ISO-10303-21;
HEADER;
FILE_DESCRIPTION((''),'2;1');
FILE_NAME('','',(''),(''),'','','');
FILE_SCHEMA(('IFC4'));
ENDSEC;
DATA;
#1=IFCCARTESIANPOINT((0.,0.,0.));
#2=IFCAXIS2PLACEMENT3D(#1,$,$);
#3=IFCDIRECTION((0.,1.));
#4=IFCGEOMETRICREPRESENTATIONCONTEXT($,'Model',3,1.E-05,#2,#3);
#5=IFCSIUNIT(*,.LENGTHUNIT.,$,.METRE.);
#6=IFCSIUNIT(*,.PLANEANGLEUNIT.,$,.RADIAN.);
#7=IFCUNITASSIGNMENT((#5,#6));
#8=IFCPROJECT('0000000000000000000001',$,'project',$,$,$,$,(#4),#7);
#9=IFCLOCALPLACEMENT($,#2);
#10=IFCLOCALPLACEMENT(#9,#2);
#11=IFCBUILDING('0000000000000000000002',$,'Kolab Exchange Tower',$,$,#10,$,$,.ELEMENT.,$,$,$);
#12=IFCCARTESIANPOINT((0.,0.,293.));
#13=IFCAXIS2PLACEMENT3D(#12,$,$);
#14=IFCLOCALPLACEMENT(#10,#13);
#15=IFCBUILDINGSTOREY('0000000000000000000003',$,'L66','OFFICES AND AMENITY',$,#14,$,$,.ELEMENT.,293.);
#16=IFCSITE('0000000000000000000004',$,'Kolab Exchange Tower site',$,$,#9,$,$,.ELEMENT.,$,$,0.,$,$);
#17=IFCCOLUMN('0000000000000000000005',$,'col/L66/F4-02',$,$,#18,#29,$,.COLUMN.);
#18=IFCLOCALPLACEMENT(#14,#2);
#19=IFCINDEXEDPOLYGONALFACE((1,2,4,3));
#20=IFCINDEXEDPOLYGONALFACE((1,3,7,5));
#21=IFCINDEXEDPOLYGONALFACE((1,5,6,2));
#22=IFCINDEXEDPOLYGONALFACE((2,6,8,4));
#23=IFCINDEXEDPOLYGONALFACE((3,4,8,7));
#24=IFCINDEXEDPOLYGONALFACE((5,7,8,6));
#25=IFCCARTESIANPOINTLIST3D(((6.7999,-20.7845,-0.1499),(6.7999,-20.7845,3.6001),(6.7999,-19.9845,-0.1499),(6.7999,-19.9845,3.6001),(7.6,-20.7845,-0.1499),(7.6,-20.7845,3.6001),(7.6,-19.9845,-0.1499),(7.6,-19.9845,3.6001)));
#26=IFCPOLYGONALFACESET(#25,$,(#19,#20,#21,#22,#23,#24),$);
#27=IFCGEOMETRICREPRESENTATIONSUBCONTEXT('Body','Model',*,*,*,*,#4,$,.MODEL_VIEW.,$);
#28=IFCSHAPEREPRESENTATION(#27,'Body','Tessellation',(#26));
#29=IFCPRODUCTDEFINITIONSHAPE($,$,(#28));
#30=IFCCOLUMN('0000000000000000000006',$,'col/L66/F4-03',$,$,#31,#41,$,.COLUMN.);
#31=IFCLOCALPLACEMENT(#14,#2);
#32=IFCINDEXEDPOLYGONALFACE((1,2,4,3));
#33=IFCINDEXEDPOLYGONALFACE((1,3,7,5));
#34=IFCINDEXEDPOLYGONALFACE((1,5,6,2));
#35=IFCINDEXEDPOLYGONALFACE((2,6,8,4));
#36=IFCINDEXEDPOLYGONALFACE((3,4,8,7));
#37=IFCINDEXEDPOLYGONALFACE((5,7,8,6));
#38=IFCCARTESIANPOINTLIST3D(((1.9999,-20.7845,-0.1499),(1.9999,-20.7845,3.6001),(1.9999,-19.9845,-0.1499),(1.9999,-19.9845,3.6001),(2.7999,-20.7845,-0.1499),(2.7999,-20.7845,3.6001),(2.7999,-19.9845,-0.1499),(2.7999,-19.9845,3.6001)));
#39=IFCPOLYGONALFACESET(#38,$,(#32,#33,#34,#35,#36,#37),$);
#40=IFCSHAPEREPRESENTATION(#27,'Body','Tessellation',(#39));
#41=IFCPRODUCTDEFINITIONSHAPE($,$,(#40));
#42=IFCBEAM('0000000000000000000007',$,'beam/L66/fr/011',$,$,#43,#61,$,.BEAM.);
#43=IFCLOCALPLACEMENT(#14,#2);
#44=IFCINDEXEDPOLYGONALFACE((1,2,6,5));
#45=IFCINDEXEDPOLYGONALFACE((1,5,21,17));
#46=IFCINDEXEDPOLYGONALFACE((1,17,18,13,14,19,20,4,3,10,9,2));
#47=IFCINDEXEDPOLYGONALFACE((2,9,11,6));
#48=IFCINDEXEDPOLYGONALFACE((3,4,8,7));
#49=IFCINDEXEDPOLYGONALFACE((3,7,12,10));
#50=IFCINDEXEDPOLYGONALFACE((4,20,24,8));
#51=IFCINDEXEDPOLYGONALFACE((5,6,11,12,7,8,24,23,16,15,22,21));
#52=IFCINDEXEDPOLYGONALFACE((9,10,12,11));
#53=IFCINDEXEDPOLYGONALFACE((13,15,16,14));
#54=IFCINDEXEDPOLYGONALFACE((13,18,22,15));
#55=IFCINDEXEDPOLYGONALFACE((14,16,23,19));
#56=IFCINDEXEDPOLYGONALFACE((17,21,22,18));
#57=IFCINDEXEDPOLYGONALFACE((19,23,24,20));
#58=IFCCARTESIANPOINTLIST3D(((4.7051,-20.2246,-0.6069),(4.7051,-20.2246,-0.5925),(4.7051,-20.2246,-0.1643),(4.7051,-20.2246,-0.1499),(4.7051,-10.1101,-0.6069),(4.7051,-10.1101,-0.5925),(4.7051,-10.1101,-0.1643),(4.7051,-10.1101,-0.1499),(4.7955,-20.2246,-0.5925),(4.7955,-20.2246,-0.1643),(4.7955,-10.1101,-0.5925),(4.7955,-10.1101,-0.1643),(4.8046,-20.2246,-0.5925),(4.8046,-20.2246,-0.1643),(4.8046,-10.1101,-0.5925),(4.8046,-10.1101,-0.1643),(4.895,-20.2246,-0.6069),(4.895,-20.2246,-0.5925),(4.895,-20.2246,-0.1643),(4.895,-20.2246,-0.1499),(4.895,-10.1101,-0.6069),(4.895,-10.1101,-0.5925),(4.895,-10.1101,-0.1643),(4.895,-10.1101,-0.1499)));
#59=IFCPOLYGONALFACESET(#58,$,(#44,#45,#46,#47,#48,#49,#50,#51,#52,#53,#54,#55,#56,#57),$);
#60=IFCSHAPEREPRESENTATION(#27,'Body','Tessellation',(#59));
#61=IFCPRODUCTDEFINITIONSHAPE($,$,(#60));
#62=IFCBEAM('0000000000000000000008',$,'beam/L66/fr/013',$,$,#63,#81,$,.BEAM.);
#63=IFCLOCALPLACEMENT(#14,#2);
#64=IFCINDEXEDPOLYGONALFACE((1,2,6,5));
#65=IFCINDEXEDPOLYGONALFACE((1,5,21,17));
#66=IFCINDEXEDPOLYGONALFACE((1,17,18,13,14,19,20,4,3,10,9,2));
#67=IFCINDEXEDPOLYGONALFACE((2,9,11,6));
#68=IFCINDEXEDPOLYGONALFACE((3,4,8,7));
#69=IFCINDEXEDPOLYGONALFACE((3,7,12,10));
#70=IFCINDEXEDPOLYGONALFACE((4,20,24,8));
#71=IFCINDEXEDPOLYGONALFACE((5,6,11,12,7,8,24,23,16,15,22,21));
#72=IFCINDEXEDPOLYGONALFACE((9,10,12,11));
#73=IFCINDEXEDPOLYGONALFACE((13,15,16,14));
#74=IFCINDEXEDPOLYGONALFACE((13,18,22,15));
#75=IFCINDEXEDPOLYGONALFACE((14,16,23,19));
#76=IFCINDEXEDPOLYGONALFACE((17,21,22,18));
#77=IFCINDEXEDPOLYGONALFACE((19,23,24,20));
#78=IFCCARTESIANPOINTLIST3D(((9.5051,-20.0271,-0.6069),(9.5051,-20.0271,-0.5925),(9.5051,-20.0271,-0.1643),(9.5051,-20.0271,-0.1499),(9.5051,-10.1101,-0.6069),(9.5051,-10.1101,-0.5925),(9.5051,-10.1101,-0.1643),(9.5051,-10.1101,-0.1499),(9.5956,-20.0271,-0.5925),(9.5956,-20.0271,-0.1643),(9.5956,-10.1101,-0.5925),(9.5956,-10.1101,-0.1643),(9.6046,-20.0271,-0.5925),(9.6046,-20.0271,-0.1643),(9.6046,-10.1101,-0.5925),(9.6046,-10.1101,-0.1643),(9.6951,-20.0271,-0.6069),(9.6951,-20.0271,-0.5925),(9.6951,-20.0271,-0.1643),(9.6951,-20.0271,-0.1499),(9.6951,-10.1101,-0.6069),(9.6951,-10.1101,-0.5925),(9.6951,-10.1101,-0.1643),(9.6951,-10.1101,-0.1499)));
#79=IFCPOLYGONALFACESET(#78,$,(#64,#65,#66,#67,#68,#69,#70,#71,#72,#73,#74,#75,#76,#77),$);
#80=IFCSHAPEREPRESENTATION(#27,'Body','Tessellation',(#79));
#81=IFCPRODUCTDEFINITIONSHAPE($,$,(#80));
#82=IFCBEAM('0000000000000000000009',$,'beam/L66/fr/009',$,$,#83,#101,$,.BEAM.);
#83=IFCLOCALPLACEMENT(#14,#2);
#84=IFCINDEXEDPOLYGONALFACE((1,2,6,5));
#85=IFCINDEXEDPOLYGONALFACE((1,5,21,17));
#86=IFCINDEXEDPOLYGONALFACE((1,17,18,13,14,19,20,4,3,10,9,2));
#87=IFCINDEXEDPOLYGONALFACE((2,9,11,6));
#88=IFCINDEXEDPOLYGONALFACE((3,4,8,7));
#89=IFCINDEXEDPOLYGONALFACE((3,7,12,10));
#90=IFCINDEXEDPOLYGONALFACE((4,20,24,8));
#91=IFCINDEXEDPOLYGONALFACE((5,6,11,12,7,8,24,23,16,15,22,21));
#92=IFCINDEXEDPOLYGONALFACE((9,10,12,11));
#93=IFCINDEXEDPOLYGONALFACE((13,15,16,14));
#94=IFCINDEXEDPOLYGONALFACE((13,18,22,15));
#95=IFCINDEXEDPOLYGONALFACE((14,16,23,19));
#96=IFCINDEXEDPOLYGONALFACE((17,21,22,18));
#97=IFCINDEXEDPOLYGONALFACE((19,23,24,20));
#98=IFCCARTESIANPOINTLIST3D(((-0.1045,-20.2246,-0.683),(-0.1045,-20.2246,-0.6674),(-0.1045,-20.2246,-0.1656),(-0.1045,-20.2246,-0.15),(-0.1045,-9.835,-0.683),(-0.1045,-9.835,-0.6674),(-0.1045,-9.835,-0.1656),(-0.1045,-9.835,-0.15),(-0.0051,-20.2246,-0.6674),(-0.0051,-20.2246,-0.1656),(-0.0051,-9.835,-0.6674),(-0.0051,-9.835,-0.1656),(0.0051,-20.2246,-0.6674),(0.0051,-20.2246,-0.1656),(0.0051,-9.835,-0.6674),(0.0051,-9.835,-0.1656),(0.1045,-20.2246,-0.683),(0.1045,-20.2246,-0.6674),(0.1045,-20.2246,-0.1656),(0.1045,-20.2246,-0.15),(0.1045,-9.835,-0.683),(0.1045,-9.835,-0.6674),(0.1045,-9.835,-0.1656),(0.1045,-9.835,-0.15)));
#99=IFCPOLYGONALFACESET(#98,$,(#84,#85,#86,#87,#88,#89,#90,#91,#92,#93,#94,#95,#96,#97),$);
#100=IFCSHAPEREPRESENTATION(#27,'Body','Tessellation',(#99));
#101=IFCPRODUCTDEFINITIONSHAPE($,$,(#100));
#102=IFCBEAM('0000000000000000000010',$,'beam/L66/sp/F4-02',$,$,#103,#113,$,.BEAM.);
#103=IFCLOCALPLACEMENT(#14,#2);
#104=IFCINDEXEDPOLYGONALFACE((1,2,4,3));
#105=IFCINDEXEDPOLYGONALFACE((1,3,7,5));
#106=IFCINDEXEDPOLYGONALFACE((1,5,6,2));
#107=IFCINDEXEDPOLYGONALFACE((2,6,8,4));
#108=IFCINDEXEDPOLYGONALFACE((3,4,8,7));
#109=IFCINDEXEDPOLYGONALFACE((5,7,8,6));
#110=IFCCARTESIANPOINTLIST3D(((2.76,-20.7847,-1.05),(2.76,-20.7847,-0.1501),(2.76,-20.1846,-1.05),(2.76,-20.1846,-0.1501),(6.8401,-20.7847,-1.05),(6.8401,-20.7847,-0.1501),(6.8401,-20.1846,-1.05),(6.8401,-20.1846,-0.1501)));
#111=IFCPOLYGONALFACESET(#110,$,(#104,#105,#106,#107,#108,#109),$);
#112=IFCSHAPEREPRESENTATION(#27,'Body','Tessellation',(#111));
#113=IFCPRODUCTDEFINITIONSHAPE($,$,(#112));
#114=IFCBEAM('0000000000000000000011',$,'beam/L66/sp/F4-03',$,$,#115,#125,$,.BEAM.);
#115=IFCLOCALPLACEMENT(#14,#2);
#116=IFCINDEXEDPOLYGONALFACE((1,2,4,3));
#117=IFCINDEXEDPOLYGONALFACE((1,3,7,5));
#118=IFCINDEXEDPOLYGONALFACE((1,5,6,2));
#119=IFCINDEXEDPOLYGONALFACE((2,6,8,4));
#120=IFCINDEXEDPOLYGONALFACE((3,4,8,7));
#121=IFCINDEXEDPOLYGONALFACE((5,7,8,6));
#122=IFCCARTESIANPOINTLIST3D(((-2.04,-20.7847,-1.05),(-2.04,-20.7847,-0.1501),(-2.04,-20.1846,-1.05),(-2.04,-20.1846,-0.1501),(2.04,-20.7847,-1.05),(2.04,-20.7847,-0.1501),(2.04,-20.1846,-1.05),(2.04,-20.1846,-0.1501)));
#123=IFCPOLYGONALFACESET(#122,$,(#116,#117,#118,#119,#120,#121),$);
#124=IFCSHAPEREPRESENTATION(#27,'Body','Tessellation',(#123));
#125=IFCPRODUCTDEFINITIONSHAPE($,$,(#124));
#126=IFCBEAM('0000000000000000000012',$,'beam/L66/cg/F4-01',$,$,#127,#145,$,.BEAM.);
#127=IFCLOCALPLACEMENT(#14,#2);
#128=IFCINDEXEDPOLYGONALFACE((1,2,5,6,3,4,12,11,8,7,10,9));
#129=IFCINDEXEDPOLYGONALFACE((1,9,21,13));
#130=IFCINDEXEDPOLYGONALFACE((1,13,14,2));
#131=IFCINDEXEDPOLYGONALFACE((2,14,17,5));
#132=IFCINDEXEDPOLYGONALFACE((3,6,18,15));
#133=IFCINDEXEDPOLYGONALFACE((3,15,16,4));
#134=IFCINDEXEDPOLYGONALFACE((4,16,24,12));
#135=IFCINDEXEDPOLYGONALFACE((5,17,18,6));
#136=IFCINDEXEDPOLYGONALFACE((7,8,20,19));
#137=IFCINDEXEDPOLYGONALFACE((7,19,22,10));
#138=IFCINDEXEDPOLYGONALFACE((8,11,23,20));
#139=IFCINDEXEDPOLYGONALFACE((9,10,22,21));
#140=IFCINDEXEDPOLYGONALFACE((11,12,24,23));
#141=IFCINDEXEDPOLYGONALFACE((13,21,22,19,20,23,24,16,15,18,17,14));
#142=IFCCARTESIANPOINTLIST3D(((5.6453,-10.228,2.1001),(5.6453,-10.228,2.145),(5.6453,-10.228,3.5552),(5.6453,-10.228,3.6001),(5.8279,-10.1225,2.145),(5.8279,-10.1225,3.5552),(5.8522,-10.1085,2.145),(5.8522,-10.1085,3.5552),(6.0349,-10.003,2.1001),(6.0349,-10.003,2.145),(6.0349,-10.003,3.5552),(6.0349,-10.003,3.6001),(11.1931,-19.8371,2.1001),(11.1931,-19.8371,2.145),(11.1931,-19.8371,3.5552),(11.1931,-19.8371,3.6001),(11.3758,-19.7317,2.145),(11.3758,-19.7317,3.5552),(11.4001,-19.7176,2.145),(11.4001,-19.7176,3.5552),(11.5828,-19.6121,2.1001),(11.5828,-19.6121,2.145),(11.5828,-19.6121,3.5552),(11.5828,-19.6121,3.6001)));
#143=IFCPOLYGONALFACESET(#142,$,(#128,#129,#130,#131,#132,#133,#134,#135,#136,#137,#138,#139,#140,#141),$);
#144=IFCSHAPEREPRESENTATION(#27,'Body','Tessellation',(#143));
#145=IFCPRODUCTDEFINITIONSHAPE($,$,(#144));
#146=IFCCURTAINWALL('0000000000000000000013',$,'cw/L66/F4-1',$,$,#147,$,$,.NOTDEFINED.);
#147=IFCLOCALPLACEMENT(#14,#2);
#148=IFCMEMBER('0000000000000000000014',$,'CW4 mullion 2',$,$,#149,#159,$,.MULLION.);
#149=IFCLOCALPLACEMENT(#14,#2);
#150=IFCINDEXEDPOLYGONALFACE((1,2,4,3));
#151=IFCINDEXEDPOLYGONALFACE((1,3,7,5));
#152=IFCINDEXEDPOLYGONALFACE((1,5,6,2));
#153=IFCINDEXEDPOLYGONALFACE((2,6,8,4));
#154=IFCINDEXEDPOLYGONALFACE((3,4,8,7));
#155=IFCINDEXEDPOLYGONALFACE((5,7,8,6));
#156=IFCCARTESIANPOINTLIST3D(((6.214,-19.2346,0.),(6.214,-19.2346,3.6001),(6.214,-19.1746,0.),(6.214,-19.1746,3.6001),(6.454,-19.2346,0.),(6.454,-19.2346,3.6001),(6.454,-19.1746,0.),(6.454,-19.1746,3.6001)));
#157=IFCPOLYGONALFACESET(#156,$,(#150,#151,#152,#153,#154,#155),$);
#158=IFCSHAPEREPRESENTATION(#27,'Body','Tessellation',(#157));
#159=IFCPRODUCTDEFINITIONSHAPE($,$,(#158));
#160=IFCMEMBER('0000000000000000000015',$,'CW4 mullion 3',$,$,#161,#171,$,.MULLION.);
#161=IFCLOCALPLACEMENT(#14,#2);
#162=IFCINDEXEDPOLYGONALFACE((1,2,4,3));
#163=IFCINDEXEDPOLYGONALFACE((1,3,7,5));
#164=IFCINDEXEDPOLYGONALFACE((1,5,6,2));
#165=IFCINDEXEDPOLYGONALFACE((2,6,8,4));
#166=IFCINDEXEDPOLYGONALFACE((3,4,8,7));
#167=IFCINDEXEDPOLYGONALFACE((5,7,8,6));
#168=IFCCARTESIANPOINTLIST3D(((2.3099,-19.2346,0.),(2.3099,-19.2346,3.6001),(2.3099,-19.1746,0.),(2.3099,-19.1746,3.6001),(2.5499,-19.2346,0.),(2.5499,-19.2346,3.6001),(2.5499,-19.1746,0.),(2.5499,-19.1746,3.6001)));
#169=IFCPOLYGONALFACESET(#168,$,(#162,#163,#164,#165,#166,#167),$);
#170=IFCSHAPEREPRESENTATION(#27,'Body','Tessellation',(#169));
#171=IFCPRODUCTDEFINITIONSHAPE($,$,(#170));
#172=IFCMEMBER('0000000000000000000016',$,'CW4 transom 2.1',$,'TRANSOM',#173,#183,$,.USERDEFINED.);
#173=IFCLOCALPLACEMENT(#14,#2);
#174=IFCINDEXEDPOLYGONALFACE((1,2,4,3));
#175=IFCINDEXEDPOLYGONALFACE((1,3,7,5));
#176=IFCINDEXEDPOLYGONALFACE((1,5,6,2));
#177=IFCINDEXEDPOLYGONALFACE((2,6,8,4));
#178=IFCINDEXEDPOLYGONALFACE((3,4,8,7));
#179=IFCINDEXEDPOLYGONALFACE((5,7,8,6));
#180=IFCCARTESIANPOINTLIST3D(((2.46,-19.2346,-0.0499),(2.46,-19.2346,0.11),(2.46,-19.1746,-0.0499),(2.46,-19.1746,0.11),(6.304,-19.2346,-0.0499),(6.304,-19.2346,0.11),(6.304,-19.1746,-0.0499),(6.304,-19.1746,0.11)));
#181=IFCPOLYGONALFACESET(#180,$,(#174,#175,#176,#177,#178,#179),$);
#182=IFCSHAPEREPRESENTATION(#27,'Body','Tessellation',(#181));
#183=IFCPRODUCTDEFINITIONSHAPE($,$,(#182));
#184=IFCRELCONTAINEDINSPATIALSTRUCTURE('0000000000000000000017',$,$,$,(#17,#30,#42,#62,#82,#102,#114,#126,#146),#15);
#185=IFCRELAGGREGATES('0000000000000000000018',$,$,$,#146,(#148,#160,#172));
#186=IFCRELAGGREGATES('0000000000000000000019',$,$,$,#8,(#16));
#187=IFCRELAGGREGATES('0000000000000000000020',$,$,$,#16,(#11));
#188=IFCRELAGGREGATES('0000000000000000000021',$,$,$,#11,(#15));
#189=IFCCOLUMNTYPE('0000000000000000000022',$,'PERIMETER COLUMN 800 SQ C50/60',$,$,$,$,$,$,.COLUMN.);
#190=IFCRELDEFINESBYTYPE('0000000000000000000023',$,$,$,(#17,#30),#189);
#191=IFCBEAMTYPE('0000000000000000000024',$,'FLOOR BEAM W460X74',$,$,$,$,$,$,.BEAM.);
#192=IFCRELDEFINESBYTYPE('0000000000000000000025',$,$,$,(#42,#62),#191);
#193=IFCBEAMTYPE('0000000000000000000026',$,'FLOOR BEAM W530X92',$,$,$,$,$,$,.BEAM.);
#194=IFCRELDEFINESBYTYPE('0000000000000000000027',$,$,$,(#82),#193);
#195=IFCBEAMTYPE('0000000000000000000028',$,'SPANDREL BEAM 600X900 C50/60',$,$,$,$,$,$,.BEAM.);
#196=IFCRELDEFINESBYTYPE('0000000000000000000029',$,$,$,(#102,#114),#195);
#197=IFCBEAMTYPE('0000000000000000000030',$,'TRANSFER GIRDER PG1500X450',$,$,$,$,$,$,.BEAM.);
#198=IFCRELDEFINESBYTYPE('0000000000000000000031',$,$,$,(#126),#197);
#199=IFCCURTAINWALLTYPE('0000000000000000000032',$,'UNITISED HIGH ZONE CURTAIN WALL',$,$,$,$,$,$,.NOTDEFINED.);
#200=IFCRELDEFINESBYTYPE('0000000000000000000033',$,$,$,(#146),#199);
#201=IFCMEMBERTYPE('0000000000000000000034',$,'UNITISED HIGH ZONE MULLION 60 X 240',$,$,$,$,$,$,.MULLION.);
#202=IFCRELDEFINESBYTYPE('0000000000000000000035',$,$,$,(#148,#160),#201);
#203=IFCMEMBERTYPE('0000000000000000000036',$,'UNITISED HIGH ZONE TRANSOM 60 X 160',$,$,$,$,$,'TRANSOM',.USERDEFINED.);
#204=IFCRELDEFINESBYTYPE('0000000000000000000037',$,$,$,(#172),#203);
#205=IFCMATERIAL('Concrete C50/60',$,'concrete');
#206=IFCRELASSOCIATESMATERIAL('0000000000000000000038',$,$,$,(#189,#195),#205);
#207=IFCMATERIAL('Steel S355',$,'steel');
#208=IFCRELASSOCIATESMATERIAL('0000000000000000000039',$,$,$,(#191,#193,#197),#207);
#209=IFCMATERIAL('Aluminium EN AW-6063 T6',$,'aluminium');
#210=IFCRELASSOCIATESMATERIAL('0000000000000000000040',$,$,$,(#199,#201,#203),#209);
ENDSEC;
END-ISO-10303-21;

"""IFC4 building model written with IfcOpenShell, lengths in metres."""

from ifc_helpers import new_model, si_unit, direction, frame, origin, origin_2d, place, context, subcontext, project, spatial, rectangle, i_section, extrude, material, material_profile, profile_set, type_object, element, aggregate, save


model = new_model("IFC4")

# Units and contexts
model_context = context("Model", 3, precision=1e-05, world=origin(), true_north=direction((0.0, 1.0)))
body_context = subcontext(model_context, "Body", "Model", "MODEL_VIEW")
ifc_project = project(units=[si_unit("LENGTHUNIT", "METRE"), si_unit("PLANEANGLEUNIT", "RADIAN")], contexts=[model_context])

# Site, building, storey
site_placement = place(None, origin())
site = spatial("IfcSite", under=ifc_project, at=site_placement, Name="Kolab Exchange Tower site", CompositionType="ELEMENT", RefElevation=0.0)
building_placement = place(site_placement, origin())
building = spatial("IfcBuilding", under=site, at=building_placement, Name="Kolab Exchange Tower", CompositionType="ELEMENT")
storey_placement = place(building_placement, frame((0.0, 0.0, 293.0)))
storey = spatial("IfcBuildingStorey", under=building, at=storey_placement, Name="L66", Description="OFFICES AND AMENITY", CompositionType="ELEMENT", Elevation=293.0)

# Columns
ifc_material_1 = material(Name="Concrete C50/60", Category="concrete")
ifc_material_profile_1 = material_profile(ifc_material_1, rectangle(XDim=0.8, YDim=0.8, at=origin_2d()), Name="RC800")
ifc_profile_set_1 = profile_set([ifc_material_profile_1], Name="Concrete C50/60")
column_type = type_object("IfcColumnType", Name="PERIMETER COLUMN 800 SQ C50/60", PredefinedType="COLUMN", material=ifc_profile_set_1)
for number, where, z_axis, x_axis, name in (
    (1, (7.2, -20.3845, -0.1499), (0.0, 0.0, 1.0), (1.0, 0.0, 0.0), "col/L66/F4-02"),
    (2, (2.3999, -20.3845, -0.1499), (0.0, 0.0, 1.0), (1.0, 0.0, 0.0), "col/L66/F4-03"),
):
    element("IfcColumn", number, at=place(storey_placement, frame(where, z_axis=z_axis, x_axis=x_axis)), inside=storey, type_object=column_type, Name=name, PredefinedType="COLUMN", context=body_context, shape_type="SweptSolid", body=[
        extrude(rectangle(XDim=0.8, YDim=0.8, at=origin_2d()), origin(), (0.0, 0.0, 1.0), 3.75),
    ])

# Beams
ifc_material_2 = material(Name="Steel S355", Category="steel")
ifc_material_profile_2 = material_profile(ifc_material_2, i_section(OverallWidth=0.1899, OverallDepth=0.457, WebThickness=0.009, FlangeThickness=0.0144, at=origin_2d()), Name="W460X74")
ifc_profile_set_2 = profile_set([ifc_material_profile_2], Name="Steel S355")
beam_type_1 = type_object("IfcBeamType", Name="FLOOR BEAM W460X74", PredefinedType="BEAM", material=ifc_profile_set_2)
beam_1_placement = place(storey_placement, frame((4.8, -20.2246, -0.3784), z_axis=(0.0, 1.0, 0.0), x_axis=(-1.0, 0.0, 0.0)))
element("IfcBeam", 3, at=beam_1_placement, inside=storey, type_object=beam_type_1, Name="beam/L66/fr/011", PredefinedType="BEAM", context=body_context, shape_type="SweptSolid", body=[
    extrude(i_section(OverallWidth=0.1899, OverallDepth=0.457, WebThickness=0.009, FlangeThickness=0.0144, at=origin_2d()), origin(), (0.0, 0.0, 1.0), 10.1145),
])
beam_2_placement = place(storey_placement, frame((9.6001, -20.0271, -0.3784), z_axis=(0.0, 1.0, 0.0), x_axis=(-1.0, 0.0, 0.0)))
element("IfcBeam", 4, at=beam_2_placement, inside=storey, type_object=beam_type_1, Name="beam/L66/fr/013", PredefinedType="BEAM", context=body_context, shape_type="SweptSolid", body=[
    extrude(i_section(OverallWidth=0.1899, OverallDepth=0.457, WebThickness=0.009, FlangeThickness=0.0144, at=origin_2d()), origin(), (0.0, 0.0, 1.0), 9.917),
])
ifc_material_profile_3 = material_profile(ifc_material_2, i_section(OverallWidth=0.209, OverallDepth=0.533, WebThickness=0.0103, FlangeThickness=0.0156, at=origin_2d()), Name="W530X92")
ifc_profile_set_3 = profile_set([ifc_material_profile_3], Name="Steel S355")
beam_type_2 = type_object("IfcBeamType", Name="FLOOR BEAM W530X92", PredefinedType="BEAM", material=ifc_profile_set_3)
beam_3_placement = place(storey_placement, frame((0.0, -20.2246, -0.4165), z_axis=(0.0, 1.0, 0.0), x_axis=(-1.0, 0.0, 0.0)))
element("IfcBeam", 5, at=beam_3_placement, inside=storey, type_object=beam_type_2, Name="beam/L66/fr/009", PredefinedType="BEAM", context=body_context, shape_type="SweptSolid", body=[
    extrude(i_section(OverallWidth=0.209, OverallDepth=0.533, WebThickness=0.0103, FlangeThickness=0.0156, at=origin_2d()), origin(), (0.0, 0.0, 1.0), 10.3896),
])
ifc_material_profile_4 = material_profile(ifc_material_1, rectangle(XDim=0.6001, YDim=0.8999, at=origin_2d()), Name="RC600X900")
ifc_profile_set_4 = profile_set([ifc_material_profile_4], Name="Concrete C50/60")
beam_type_3 = type_object("IfcBeamType", Name="SPANDREL BEAM 600X900 C50/60", PredefinedType="BEAM", material=ifc_profile_set_4)
for number, where, z_axis, x_axis, name in (
    (6, (6.8401, -20.4846, -0.6001), (-1.0, 0.0, 0.0), (0.0, -1.0, 0.0), "beam/L66/sp/F4-02"),
    (7, (2.04, -20.4846, -0.6001), (-1.0, 0.0, 0.0), (0.0, -1.0, 0.0), "beam/L66/sp/F4-03"),
):
    element("IfcBeam", number, at=place(storey_placement, frame(where, z_axis=z_axis, x_axis=x_axis)), inside=storey, type_object=beam_type_3, Name=name, PredefinedType="BEAM", context=body_context, shape_type="SweptSolid", body=[
        extrude(rectangle(XDim=0.6001, YDim=0.8999, at=origin_2d()), origin(), (0.0, 0.0, 1.0), 4.0801),
    ])
ifc_material_profile_5 = material_profile(ifc_material_2, i_section(OverallWidth=0.45, OverallDepth=1.5, WebThickness=0.0281, FlangeThickness=0.0449, at=origin_2d()), Name="PG1500X450")
ifc_profile_set_5 = profile_set([ifc_material_profile_5], Name="Steel S355")
beam_type_4 = type_object("IfcBeamType", Name="TRANSFER GIRDER PG1500X450", PredefinedType="BEAM", material=ifc_profile_set_5)
beam_4_placement = place(storey_placement, frame((5.8401, -10.1155, 2.8501), z_axis=(0.500001, -0.866025, 0.0), x_axis=(0.866025, 0.500001, 0.0)))
element("IfcBeam", 8, at=beam_4_placement, inside=storey, type_object=beam_type_4, Name="beam/L66/cg/F4-01", PredefinedType="BEAM", context=body_context, shape_type="SweptSolid", body=[
    extrude(i_section(OverallWidth=0.45, OverallDepth=1.5, WebThickness=0.0281, FlangeThickness=0.0449, at=origin_2d()), origin(), (0.0, 0.0, 1.0), 11.0957),
])

# Curtain wall, members
ifc_material_3 = material(Name="Aluminium EN AW-6063 T6", Category="aluminium")
curtain_wall_type = type_object("IfcCurtainWallType", Name="UNITISED HIGH ZONE CURTAIN WALL", PredefinedType="NOTDEFINED", material=ifc_material_3)
curtain_wall_placement = place(storey_placement, origin())
curtain_wall = element("IfcCurtainWall", 9, at=curtain_wall_placement, inside=storey, type_object=curtain_wall_type, Name="cw/L66/F4-1", PredefinedType="NOTDEFINED")
ifc_material_profile_6 = material_profile(ifc_material_3, rectangle(XDim=0.0601, YDim=0.24, at=origin_2d()), Name="RECT 60X240")
ifc_profile_set_6 = profile_set([ifc_material_profile_6], Name="Aluminium EN AW-6063 T6")
member_type_1 = type_object("IfcMemberType", Name="UNITISED HIGH ZONE MULLION 60 X 240", PredefinedType="MULLION", material=ifc_profile_set_6)
member_1_placement = place(storey_placement, frame((6.334, -19.2046, 0.0), z_axis=(0.0, 0.0, 1.0), x_axis=(0.0, -1.0, 0.0)))
member_1 = element("IfcMember", 10, at=member_1_placement, type_object=member_type_1, Name="CW4 mullion 2", PredefinedType="MULLION", context=body_context, shape_type="SweptSolid", body=[
    extrude(rectangle(XDim=0.0601, YDim=0.24, at=origin_2d()), origin(), (0.0, 0.0, 1.0), 3.6001),
])
member_2_placement = place(storey_placement, frame((2.4299, -19.2046, 0.0), z_axis=(0.0, 0.0, 1.0), x_axis=(0.0, -1.0, 0.0)))
member_2 = element("IfcMember", 11, at=member_2_placement, type_object=member_type_1, Name="CW4 mullion 3", PredefinedType="MULLION", context=body_context, shape_type="SweptSolid", body=[
    extrude(rectangle(XDim=0.0601, YDim=0.24, at=origin_2d()), origin(), (0.0, 0.0, 1.0), 3.6001),
])
ifc_material_profile_7 = material_profile(ifc_material_3, rectangle(XDim=0.0601, YDim=0.1599, at=origin_2d()), Name="RECT 60X160")
ifc_profile_set_7 = profile_set([ifc_material_profile_7], Name="Aluminium EN AW-6063 T6")
member_type_2 = type_object("IfcMemberType", Name="UNITISED HIGH ZONE TRANSOM 60 X 160", ElementType="TRANSOM", PredefinedType="USERDEFINED", material=ifc_profile_set_7)
member_3_placement = place(storey_placement, frame((6.304, -19.2046, 0.03), z_axis=(-1.0, 0.0, 0.0), x_axis=(0.0, -1.0, 0.0)))
member_3 = element("IfcMember", 12, at=member_3_placement, type_object=member_type_2, Name="CW4 transom 2.1", ObjectType="TRANSOM", PredefinedType="USERDEFINED", context=body_context, shape_type="SweptSolid", body=[
    extrude(rectangle(XDim=0.0601, YDim=0.1599, at=origin_2d()), origin(), (0.0, 0.0, 1.0), 3.844),
])
aggregate(curtain_wall, [member_1, member_2, member_3])

save(model, "model.ifc")
